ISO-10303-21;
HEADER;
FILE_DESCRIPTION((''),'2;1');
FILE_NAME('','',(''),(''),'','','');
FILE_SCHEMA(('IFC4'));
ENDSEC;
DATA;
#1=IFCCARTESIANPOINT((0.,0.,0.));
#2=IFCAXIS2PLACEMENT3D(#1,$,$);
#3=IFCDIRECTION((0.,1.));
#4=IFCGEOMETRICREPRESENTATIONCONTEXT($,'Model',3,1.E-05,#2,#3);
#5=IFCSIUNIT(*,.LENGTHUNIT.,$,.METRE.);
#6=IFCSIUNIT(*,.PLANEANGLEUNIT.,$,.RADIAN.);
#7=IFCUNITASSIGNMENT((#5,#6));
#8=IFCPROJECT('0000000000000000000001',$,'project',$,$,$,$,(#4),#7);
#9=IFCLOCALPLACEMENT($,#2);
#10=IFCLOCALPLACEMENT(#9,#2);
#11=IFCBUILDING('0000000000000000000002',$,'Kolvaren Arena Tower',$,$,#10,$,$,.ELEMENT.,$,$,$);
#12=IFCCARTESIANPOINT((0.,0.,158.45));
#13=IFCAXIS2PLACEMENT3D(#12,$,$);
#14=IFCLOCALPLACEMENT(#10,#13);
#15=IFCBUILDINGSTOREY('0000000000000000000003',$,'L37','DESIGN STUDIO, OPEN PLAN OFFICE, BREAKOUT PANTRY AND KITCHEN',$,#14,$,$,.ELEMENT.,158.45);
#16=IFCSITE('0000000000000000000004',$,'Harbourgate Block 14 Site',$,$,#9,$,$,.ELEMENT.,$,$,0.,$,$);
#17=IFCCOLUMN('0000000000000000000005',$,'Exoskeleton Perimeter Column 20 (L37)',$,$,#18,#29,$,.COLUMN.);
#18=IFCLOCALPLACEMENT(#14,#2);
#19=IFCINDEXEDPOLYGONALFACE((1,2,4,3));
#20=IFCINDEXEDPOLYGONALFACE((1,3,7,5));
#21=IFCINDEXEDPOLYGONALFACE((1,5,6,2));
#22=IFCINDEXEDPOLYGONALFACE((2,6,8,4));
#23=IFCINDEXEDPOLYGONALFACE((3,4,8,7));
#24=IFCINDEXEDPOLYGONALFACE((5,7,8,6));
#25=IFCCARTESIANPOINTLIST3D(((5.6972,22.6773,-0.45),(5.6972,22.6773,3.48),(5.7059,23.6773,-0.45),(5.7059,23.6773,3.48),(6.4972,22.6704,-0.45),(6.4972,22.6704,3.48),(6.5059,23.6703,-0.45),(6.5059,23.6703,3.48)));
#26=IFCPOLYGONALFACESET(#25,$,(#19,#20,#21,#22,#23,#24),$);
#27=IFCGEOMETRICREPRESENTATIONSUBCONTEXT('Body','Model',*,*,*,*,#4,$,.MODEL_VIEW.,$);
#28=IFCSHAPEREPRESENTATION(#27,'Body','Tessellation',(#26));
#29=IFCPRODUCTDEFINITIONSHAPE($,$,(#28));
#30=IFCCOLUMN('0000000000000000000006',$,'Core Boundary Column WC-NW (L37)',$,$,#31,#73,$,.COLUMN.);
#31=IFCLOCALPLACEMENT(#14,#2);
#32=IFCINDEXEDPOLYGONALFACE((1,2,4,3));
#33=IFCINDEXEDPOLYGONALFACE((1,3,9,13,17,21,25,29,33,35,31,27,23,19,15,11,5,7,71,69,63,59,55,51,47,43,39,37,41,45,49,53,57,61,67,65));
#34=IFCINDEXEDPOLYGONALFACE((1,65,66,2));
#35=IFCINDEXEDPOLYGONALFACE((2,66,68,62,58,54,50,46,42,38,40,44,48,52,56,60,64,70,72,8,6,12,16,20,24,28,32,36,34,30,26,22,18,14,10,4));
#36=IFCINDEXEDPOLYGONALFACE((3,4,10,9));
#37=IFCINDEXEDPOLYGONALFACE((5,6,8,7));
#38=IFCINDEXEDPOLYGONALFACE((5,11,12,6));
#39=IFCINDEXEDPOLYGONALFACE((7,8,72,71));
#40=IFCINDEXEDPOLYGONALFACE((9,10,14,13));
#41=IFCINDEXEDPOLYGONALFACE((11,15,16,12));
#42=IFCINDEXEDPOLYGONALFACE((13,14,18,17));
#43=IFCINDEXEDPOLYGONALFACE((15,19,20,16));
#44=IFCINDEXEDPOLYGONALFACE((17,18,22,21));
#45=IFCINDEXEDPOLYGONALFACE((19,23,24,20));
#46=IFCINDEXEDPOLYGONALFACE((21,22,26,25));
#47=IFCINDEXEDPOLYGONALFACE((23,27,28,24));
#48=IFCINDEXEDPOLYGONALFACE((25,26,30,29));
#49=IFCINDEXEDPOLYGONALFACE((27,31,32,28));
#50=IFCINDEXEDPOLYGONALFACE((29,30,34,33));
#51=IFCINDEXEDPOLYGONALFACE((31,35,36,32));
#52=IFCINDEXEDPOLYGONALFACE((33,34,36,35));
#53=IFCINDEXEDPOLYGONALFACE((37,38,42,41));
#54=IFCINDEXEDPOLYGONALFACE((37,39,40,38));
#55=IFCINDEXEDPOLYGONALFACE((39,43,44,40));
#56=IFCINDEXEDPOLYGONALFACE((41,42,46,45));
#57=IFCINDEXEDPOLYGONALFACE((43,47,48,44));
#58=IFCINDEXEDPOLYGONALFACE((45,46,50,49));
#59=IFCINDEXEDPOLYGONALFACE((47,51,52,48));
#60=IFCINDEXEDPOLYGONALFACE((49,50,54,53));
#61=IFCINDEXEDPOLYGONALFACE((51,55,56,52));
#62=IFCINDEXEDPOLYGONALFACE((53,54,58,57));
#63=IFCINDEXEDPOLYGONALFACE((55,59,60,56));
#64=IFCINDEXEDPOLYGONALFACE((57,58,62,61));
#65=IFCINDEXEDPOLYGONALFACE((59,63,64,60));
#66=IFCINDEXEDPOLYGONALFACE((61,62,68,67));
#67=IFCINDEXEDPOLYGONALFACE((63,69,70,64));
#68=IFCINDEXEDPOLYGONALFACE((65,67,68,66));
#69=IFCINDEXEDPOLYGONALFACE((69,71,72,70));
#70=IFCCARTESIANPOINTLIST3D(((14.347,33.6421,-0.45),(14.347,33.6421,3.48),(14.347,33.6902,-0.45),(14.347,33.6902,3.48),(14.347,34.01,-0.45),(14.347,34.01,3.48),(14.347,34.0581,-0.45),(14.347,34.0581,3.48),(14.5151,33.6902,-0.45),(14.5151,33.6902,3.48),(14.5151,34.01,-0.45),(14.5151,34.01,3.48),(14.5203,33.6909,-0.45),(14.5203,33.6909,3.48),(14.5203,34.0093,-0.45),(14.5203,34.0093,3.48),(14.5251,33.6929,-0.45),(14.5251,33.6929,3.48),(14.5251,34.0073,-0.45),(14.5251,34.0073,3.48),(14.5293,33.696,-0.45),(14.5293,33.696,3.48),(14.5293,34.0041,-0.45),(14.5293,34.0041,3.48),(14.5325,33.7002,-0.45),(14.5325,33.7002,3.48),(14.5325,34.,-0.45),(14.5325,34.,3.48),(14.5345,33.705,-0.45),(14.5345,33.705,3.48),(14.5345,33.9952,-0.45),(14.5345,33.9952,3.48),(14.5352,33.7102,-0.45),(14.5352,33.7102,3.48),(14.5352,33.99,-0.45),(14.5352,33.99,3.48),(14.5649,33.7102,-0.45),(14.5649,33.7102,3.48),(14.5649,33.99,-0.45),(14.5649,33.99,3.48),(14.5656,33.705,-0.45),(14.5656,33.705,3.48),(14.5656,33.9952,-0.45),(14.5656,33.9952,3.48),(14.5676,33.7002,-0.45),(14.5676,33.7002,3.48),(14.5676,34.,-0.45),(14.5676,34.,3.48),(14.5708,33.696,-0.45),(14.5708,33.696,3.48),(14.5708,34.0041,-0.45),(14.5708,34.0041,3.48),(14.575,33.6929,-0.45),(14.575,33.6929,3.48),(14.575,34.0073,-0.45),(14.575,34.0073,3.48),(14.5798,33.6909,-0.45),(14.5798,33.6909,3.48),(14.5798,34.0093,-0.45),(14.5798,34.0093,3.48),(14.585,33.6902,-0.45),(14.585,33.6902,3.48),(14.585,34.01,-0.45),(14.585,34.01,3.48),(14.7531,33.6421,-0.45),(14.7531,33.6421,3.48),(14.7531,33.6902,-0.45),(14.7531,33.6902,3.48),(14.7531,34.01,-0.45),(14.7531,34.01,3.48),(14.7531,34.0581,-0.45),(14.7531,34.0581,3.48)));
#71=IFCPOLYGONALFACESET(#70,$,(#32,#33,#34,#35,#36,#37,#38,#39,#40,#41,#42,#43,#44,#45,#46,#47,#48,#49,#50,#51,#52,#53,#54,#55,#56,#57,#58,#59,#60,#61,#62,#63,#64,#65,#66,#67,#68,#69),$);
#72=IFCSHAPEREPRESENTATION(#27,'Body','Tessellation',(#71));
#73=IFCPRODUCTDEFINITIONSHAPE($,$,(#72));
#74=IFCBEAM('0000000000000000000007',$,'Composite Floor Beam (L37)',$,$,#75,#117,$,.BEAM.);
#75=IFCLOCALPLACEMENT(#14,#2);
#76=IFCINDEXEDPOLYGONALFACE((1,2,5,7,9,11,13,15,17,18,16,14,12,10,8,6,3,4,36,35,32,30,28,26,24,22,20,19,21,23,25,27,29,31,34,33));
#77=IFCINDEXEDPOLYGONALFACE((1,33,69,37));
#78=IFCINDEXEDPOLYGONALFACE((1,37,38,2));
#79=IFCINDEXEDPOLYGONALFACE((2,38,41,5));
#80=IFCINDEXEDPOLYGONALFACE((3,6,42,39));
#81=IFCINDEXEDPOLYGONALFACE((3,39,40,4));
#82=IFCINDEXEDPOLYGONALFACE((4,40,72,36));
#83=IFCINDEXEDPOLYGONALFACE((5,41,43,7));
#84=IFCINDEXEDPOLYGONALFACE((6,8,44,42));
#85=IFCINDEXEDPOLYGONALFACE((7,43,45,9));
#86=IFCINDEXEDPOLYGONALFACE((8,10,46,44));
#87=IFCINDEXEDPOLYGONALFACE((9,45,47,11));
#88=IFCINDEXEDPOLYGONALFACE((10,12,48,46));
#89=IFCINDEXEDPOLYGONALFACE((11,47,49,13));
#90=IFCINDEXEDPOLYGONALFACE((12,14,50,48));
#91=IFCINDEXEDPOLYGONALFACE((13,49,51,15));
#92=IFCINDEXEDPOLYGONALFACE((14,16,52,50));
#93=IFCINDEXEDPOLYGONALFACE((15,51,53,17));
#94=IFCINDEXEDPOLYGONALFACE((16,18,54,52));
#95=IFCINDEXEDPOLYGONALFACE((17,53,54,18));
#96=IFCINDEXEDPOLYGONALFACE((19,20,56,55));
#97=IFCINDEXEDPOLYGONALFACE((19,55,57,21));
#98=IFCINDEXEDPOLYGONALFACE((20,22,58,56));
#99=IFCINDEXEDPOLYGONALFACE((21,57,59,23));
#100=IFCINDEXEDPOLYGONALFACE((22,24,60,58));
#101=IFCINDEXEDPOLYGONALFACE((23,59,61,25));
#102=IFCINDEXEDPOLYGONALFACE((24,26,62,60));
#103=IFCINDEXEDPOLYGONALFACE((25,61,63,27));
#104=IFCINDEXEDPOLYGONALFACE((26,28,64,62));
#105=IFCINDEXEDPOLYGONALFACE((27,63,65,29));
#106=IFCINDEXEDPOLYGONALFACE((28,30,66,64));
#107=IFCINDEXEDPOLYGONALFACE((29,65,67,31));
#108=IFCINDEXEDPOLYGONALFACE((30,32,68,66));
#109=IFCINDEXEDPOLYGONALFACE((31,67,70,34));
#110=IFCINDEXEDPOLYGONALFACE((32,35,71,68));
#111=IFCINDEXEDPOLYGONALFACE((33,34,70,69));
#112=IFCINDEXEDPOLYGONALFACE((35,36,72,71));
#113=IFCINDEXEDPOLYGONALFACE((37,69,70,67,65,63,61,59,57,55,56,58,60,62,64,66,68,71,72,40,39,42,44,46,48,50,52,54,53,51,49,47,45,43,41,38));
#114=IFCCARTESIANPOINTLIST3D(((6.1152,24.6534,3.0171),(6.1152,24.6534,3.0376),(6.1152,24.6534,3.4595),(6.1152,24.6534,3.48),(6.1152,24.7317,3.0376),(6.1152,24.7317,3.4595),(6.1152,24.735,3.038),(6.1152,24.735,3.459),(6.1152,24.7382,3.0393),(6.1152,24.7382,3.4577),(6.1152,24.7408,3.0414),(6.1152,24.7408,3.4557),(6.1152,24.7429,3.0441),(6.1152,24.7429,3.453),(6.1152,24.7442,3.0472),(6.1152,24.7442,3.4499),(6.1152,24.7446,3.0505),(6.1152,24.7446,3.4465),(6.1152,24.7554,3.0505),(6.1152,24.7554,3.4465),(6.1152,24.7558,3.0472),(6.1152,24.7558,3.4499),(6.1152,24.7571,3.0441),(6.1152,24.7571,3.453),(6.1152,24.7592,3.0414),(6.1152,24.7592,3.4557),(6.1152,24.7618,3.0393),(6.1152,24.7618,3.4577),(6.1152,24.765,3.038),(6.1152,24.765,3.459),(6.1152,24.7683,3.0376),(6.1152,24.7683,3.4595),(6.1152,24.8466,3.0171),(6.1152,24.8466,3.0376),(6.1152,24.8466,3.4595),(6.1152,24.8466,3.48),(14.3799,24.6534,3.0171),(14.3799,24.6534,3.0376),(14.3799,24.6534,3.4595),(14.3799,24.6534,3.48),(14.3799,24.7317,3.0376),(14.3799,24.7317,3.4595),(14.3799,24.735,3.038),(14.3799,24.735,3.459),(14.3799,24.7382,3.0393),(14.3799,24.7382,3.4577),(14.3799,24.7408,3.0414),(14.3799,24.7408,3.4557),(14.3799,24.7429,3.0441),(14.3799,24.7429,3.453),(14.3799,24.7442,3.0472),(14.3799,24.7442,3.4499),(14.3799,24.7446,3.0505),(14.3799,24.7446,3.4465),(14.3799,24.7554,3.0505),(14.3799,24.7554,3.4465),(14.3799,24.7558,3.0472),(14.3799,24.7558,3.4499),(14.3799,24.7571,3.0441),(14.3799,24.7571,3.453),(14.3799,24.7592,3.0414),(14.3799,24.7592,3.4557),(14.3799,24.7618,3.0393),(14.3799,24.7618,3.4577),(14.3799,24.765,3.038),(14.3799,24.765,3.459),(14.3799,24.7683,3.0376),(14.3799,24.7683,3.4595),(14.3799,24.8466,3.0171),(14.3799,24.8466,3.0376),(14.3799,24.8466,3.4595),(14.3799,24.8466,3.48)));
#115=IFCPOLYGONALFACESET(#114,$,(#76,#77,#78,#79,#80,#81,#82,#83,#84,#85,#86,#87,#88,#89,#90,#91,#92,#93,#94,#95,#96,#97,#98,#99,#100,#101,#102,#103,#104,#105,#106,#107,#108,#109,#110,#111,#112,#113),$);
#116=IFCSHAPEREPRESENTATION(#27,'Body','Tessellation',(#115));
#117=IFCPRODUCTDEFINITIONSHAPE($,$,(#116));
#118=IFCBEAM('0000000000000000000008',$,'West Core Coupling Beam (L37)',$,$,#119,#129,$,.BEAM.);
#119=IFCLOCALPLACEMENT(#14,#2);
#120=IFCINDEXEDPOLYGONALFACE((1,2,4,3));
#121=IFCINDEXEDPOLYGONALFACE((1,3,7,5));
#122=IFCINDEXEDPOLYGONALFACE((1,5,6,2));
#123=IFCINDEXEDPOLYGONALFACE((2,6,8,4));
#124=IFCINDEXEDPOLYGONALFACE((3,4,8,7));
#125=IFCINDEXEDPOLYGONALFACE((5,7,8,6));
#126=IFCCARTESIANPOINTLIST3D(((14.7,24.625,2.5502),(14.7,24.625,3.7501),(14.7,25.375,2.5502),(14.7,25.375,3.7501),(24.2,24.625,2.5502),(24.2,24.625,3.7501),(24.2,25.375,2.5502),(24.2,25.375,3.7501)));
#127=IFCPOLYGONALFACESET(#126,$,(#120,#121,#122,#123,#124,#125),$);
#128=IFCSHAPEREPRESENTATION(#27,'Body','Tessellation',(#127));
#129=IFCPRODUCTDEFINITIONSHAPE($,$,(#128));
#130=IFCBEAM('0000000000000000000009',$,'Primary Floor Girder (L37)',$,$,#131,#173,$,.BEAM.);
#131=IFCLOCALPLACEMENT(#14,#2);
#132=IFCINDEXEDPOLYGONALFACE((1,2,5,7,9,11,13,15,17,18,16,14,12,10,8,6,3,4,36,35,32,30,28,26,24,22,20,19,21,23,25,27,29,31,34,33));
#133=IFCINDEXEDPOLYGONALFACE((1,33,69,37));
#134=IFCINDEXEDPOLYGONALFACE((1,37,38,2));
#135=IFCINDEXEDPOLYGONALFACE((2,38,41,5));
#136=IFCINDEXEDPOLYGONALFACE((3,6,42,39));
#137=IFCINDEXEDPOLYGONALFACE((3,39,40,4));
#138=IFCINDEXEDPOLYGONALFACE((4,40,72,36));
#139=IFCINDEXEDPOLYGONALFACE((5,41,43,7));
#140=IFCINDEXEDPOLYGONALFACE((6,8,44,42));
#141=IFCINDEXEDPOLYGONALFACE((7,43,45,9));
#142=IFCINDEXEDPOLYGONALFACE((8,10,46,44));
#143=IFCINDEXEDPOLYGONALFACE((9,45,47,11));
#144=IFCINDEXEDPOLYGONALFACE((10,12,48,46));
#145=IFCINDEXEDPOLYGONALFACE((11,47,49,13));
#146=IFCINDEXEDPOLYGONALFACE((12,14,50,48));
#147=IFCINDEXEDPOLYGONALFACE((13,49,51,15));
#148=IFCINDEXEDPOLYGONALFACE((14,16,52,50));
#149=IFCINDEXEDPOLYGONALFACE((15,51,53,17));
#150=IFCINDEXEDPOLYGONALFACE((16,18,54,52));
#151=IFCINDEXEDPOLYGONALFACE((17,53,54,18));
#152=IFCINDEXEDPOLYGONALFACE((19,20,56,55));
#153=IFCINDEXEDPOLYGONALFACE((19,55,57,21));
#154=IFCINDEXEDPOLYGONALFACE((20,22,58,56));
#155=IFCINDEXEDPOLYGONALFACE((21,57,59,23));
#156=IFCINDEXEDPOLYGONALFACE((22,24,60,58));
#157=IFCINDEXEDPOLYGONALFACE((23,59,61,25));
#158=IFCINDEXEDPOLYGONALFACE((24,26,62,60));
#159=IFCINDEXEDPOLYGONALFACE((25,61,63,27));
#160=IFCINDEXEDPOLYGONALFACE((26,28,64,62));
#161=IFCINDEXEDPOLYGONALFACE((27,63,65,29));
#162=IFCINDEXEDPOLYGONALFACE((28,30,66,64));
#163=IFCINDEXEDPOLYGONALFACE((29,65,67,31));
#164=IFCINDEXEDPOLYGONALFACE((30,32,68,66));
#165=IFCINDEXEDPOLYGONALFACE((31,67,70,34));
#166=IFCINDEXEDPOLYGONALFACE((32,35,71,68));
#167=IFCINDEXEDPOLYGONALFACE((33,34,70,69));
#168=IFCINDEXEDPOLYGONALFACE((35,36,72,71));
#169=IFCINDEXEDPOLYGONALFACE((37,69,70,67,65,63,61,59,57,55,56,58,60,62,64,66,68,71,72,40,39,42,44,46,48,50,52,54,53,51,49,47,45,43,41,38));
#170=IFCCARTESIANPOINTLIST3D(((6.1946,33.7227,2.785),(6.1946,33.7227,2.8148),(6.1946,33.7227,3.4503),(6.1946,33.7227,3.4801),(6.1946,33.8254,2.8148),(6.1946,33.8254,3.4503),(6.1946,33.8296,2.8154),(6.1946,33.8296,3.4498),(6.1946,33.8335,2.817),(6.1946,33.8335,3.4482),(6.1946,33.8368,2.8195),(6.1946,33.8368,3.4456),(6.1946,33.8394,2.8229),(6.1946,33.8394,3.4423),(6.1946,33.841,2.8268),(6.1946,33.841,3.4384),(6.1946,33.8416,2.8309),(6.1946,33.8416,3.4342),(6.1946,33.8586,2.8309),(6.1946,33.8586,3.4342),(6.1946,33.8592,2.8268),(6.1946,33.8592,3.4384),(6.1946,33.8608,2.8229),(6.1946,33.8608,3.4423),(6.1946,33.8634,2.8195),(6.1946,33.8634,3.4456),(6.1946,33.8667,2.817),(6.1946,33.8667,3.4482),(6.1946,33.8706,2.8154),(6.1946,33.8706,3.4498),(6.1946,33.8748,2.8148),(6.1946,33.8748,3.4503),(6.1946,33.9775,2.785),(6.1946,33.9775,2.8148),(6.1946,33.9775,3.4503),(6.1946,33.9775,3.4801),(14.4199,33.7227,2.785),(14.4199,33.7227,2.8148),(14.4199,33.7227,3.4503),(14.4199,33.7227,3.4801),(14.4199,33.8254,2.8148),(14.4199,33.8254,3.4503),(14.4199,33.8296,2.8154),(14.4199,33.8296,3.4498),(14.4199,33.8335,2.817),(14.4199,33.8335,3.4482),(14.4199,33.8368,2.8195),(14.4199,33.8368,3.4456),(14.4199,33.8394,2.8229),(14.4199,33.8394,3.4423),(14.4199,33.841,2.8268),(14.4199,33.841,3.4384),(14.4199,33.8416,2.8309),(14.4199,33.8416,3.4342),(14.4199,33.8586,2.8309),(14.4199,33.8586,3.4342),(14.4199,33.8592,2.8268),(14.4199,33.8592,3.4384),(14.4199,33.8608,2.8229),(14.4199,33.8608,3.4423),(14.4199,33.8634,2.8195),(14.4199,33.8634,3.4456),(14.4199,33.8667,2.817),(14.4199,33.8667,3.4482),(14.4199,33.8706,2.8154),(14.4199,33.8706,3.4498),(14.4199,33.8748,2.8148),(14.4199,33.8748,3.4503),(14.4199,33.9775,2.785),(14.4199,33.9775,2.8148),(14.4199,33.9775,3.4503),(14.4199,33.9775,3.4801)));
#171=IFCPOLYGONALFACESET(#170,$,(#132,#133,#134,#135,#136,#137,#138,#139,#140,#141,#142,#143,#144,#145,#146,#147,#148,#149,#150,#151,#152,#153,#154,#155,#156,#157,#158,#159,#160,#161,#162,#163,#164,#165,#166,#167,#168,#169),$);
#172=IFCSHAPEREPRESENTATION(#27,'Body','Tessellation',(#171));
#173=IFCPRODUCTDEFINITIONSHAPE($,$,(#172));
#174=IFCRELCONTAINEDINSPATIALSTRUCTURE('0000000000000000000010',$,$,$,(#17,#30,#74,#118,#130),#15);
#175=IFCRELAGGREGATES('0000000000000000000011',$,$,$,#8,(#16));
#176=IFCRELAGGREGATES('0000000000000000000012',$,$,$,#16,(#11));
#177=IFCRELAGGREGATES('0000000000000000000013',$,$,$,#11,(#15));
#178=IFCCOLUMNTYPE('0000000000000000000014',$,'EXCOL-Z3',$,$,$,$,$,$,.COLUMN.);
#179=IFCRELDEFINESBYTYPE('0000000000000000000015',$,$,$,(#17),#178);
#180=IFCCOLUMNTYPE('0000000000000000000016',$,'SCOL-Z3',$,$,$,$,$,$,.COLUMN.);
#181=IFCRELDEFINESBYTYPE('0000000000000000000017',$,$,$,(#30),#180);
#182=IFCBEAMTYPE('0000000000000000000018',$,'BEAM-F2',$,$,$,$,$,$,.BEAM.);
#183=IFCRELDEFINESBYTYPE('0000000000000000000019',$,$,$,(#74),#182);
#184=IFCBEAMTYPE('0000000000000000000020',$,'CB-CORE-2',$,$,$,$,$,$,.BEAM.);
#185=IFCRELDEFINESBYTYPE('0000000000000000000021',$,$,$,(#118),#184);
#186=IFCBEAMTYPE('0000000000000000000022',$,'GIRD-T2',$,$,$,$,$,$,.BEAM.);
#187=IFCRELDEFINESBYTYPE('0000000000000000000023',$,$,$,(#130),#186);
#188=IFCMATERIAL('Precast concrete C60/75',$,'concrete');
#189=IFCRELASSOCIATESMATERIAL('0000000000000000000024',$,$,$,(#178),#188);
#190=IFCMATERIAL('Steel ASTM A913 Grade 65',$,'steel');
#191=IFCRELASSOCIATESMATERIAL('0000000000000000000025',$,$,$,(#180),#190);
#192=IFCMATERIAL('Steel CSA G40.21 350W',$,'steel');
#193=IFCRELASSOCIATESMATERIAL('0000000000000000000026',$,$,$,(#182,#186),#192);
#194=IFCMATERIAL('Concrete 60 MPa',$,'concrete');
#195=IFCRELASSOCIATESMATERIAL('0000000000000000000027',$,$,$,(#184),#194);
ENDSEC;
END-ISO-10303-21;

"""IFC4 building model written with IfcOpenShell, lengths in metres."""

from ifc_helpers import new_model, si_unit, direction, frame, origin, origin_2d, place, context, subcontext, project, spatial, rectangle, i_section, extrude, material, material_profile, profile_set, type_object, element, save


model = new_model("IFC4")

# Units and contexts
model_context = context("Model", 3, precision=1e-05, world=origin(), true_north=direction((0.0, 1.0)))
body_context = subcontext(model_context, "Body", "Model", "MODEL_VIEW")
ifc_project = project(units=[si_unit("LENGTHUNIT", "METRE"), si_unit("PLANEANGLEUNIT", "RADIAN")], contexts=[model_context])

# Site, building, storey
site_placement = place(None, origin())
site = spatial("IfcSite", under=ifc_project, at=site_placement, Name="Harbourgate Block 14 Site", CompositionType="ELEMENT", RefElevation=0.0)
building_placement = place(site_placement, origin())
building = spatial("IfcBuilding", under=site, at=building_placement, Name="Kolvaren Arena Tower", CompositionType="ELEMENT")
storey_placement = place(building_placement, frame((0.0, 0.0, 158.45)))
storey = spatial("IfcBuildingStorey", under=building, at=storey_placement, Name="L37", Description="DESIGN STUDIO, OPEN PLAN OFFICE, BREAKOUT PANTRY AND KITCHEN", CompositionType="ELEMENT", Elevation=158.45)

# Columns
ifc_material_1 = material(Name="Precast concrete C60/75", Category="concrete")
ifc_material_profile_1 = material_profile(ifc_material_1, rectangle(XDim=1.0, YDim=0.8, at=origin_2d()), Name="RC-1000x800")
ifc_profile_set_1 = profile_set([ifc_material_profile_1], Name="Precast concrete C60/75")
column_type_1 = type_object("IfcColumnType", Name="EXCOL-Z3", PredefinedType="COLUMN", material=ifc_profile_set_1)
column_1_placement = place(storey_placement, frame((6.1016, 23.1738, -0.45), z_axis=(0.0, 0.0, 1.0), x_axis=(0.008727, 0.999962, 0.0)))
element("IfcColumn", 1, at=column_1_placement, inside=storey, type_object=column_type_1, Name="Exoskeleton Perimeter Column 20 (L37)", PredefinedType="COLUMN", context=body_context, shape_type="SweptSolid", body=[
    extrude(rectangle(XDim=1.0, YDim=0.8, at=origin_2d()), origin(), (0.0, 0.0, 1.0), 3.9299),
])
ifc_material_2 = material(Name="Steel ASTM A913 Grade 65", Category="steel")
ifc_material_profile_2 = material_profile(ifc_material_2, i_section(OverallWidth=0.406, OverallDepth=0.416, WebThickness=0.0298, FlangeThickness=0.0481, FilletRadius=0.02, at=origin_2d()), Name="W360x382")
ifc_profile_set_2 = profile_set([ifc_material_profile_2], Name="Steel ASTM A913 Grade 65")
column_type_2 = type_object("IfcColumnType", Name="SCOL-Z3", PredefinedType="COLUMN", material=ifc_profile_set_2)
column_2_placement = place(storey_placement, frame((14.55, 33.8501, -0.45), z_axis=(0.0, 0.0, 1.0), x_axis=(1.0, 0.0, 0.0)))
element("IfcColumn", 2, at=column_2_placement, inside=storey, type_object=column_type_2, Name="Core Boundary Column WC-NW (L37)", PredefinedType="COLUMN", context=body_context, shape_type="SweptSolid", body=[
    extrude(i_section(OverallWidth=0.406, OverallDepth=0.416, WebThickness=0.0298, FlangeThickness=0.0481, FilletRadius=0.02, at=origin_2d()), origin(), (0.0, 0.0, 1.0), 3.9299),
])

# Beams
ifc_material_3 = material(Name="Steel CSA G40.21 350W", Category="steel")
ifc_material_profile_3 = material_profile(ifc_material_3, i_section(OverallWidth=0.1931, OverallDepth=0.4629, WebThickness=0.0107, FlangeThickness=0.0205, FilletRadius=0.0129, at=origin_2d()), Name="W460x113")
ifc_profile_set_3 = profile_set([ifc_material_profile_3], Name="Steel CSA G40.21 350W")
beam_type_1 = type_object("IfcBeamType", Name="BEAM-F2", PredefinedType="BEAM", material=ifc_profile_set_3)
beam_1_placement = place(storey_placement, frame((6.1152, 24.75, 3.2485), z_axis=(1.0, 0.0, 0.0), x_axis=(0.0, 1.0, 0.0)))
element("IfcBeam", 3, at=beam_1_placement, inside=storey, type_object=beam_type_1, Name="Composite Floor Beam (L37)", PredefinedType="BEAM", context=body_context, shape_type="SweptSolid", body=[
    extrude(i_section(OverallWidth=0.1931, OverallDepth=0.4629, WebThickness=0.0107, FlangeThickness=0.0205, FilletRadius=0.0129, at=origin_2d()), origin(), (0.0, 0.0, 1.0), 8.2646),
])
ifc_material_4 = material(Name="Concrete 60 MPa", Category="concrete")
ifc_material_profile_4 = material_profile(ifc_material_4, rectangle(XDim=0.75, YDim=1.2, at=origin_2d()), Name="RC-750x1200")
ifc_profile_set_4 = profile_set([ifc_material_profile_4], Name="Concrete 60 MPa")
beam_type_2 = type_object("IfcBeamType", Name="CB-CORE-2", PredefinedType="BEAM", material=ifc_profile_set_4)
beam_2_placement = place(storey_placement, frame((14.7, 25.0, 3.1501), z_axis=(1.0, 0.0, 0.0), x_axis=(0.0, 1.0, 0.0)))
element("IfcBeam", 4, at=beam_2_placement, inside=storey, type_object=beam_type_2, Name="West Core Coupling Beam (L37)", PredefinedType="BEAM", context=body_context, shape_type="SweptSolid", body=[
    extrude(rectangle(XDim=0.75, YDim=1.2, at=origin_2d()), origin(), (0.0, 0.0, 1.0), 9.5),
])
ifc_material_profile_5 = material_profile(ifc_material_3, i_section(OverallWidth=0.2549, OverallDepth=0.6951, WebThickness=0.0171, FlangeThickness=0.0298, FilletRadius=0.0161, at=origin_2d()), Name="W690x217")
ifc_profile_set_5 = profile_set([ifc_material_profile_5], Name="Steel CSA G40.21 350W")
beam_type_3 = type_object("IfcBeamType", Name="GIRD-T2", PredefinedType="BEAM", material=ifc_profile_set_5)
beam_3_placement = place(storey_placement, frame((6.1946, 33.8501, 3.1326), z_axis=(1.0, 0.0, 0.0), x_axis=(0.0, 1.0, 0.0)))
element("IfcBeam", 5, at=beam_3_placement, inside=storey, type_object=beam_type_3, Name="Primary Floor Girder (L37)", PredefinedType="BEAM", context=body_context, shape_type="SweptSolid", body=[
    extrude(i_section(OverallWidth=0.2549, OverallDepth=0.6951, WebThickness=0.0171, FlangeThickness=0.0298, FilletRadius=0.0161, at=origin_2d()), origin(), (0.0, 0.0, 1.0), 8.2253),
])

save(model, "model.ifc")
